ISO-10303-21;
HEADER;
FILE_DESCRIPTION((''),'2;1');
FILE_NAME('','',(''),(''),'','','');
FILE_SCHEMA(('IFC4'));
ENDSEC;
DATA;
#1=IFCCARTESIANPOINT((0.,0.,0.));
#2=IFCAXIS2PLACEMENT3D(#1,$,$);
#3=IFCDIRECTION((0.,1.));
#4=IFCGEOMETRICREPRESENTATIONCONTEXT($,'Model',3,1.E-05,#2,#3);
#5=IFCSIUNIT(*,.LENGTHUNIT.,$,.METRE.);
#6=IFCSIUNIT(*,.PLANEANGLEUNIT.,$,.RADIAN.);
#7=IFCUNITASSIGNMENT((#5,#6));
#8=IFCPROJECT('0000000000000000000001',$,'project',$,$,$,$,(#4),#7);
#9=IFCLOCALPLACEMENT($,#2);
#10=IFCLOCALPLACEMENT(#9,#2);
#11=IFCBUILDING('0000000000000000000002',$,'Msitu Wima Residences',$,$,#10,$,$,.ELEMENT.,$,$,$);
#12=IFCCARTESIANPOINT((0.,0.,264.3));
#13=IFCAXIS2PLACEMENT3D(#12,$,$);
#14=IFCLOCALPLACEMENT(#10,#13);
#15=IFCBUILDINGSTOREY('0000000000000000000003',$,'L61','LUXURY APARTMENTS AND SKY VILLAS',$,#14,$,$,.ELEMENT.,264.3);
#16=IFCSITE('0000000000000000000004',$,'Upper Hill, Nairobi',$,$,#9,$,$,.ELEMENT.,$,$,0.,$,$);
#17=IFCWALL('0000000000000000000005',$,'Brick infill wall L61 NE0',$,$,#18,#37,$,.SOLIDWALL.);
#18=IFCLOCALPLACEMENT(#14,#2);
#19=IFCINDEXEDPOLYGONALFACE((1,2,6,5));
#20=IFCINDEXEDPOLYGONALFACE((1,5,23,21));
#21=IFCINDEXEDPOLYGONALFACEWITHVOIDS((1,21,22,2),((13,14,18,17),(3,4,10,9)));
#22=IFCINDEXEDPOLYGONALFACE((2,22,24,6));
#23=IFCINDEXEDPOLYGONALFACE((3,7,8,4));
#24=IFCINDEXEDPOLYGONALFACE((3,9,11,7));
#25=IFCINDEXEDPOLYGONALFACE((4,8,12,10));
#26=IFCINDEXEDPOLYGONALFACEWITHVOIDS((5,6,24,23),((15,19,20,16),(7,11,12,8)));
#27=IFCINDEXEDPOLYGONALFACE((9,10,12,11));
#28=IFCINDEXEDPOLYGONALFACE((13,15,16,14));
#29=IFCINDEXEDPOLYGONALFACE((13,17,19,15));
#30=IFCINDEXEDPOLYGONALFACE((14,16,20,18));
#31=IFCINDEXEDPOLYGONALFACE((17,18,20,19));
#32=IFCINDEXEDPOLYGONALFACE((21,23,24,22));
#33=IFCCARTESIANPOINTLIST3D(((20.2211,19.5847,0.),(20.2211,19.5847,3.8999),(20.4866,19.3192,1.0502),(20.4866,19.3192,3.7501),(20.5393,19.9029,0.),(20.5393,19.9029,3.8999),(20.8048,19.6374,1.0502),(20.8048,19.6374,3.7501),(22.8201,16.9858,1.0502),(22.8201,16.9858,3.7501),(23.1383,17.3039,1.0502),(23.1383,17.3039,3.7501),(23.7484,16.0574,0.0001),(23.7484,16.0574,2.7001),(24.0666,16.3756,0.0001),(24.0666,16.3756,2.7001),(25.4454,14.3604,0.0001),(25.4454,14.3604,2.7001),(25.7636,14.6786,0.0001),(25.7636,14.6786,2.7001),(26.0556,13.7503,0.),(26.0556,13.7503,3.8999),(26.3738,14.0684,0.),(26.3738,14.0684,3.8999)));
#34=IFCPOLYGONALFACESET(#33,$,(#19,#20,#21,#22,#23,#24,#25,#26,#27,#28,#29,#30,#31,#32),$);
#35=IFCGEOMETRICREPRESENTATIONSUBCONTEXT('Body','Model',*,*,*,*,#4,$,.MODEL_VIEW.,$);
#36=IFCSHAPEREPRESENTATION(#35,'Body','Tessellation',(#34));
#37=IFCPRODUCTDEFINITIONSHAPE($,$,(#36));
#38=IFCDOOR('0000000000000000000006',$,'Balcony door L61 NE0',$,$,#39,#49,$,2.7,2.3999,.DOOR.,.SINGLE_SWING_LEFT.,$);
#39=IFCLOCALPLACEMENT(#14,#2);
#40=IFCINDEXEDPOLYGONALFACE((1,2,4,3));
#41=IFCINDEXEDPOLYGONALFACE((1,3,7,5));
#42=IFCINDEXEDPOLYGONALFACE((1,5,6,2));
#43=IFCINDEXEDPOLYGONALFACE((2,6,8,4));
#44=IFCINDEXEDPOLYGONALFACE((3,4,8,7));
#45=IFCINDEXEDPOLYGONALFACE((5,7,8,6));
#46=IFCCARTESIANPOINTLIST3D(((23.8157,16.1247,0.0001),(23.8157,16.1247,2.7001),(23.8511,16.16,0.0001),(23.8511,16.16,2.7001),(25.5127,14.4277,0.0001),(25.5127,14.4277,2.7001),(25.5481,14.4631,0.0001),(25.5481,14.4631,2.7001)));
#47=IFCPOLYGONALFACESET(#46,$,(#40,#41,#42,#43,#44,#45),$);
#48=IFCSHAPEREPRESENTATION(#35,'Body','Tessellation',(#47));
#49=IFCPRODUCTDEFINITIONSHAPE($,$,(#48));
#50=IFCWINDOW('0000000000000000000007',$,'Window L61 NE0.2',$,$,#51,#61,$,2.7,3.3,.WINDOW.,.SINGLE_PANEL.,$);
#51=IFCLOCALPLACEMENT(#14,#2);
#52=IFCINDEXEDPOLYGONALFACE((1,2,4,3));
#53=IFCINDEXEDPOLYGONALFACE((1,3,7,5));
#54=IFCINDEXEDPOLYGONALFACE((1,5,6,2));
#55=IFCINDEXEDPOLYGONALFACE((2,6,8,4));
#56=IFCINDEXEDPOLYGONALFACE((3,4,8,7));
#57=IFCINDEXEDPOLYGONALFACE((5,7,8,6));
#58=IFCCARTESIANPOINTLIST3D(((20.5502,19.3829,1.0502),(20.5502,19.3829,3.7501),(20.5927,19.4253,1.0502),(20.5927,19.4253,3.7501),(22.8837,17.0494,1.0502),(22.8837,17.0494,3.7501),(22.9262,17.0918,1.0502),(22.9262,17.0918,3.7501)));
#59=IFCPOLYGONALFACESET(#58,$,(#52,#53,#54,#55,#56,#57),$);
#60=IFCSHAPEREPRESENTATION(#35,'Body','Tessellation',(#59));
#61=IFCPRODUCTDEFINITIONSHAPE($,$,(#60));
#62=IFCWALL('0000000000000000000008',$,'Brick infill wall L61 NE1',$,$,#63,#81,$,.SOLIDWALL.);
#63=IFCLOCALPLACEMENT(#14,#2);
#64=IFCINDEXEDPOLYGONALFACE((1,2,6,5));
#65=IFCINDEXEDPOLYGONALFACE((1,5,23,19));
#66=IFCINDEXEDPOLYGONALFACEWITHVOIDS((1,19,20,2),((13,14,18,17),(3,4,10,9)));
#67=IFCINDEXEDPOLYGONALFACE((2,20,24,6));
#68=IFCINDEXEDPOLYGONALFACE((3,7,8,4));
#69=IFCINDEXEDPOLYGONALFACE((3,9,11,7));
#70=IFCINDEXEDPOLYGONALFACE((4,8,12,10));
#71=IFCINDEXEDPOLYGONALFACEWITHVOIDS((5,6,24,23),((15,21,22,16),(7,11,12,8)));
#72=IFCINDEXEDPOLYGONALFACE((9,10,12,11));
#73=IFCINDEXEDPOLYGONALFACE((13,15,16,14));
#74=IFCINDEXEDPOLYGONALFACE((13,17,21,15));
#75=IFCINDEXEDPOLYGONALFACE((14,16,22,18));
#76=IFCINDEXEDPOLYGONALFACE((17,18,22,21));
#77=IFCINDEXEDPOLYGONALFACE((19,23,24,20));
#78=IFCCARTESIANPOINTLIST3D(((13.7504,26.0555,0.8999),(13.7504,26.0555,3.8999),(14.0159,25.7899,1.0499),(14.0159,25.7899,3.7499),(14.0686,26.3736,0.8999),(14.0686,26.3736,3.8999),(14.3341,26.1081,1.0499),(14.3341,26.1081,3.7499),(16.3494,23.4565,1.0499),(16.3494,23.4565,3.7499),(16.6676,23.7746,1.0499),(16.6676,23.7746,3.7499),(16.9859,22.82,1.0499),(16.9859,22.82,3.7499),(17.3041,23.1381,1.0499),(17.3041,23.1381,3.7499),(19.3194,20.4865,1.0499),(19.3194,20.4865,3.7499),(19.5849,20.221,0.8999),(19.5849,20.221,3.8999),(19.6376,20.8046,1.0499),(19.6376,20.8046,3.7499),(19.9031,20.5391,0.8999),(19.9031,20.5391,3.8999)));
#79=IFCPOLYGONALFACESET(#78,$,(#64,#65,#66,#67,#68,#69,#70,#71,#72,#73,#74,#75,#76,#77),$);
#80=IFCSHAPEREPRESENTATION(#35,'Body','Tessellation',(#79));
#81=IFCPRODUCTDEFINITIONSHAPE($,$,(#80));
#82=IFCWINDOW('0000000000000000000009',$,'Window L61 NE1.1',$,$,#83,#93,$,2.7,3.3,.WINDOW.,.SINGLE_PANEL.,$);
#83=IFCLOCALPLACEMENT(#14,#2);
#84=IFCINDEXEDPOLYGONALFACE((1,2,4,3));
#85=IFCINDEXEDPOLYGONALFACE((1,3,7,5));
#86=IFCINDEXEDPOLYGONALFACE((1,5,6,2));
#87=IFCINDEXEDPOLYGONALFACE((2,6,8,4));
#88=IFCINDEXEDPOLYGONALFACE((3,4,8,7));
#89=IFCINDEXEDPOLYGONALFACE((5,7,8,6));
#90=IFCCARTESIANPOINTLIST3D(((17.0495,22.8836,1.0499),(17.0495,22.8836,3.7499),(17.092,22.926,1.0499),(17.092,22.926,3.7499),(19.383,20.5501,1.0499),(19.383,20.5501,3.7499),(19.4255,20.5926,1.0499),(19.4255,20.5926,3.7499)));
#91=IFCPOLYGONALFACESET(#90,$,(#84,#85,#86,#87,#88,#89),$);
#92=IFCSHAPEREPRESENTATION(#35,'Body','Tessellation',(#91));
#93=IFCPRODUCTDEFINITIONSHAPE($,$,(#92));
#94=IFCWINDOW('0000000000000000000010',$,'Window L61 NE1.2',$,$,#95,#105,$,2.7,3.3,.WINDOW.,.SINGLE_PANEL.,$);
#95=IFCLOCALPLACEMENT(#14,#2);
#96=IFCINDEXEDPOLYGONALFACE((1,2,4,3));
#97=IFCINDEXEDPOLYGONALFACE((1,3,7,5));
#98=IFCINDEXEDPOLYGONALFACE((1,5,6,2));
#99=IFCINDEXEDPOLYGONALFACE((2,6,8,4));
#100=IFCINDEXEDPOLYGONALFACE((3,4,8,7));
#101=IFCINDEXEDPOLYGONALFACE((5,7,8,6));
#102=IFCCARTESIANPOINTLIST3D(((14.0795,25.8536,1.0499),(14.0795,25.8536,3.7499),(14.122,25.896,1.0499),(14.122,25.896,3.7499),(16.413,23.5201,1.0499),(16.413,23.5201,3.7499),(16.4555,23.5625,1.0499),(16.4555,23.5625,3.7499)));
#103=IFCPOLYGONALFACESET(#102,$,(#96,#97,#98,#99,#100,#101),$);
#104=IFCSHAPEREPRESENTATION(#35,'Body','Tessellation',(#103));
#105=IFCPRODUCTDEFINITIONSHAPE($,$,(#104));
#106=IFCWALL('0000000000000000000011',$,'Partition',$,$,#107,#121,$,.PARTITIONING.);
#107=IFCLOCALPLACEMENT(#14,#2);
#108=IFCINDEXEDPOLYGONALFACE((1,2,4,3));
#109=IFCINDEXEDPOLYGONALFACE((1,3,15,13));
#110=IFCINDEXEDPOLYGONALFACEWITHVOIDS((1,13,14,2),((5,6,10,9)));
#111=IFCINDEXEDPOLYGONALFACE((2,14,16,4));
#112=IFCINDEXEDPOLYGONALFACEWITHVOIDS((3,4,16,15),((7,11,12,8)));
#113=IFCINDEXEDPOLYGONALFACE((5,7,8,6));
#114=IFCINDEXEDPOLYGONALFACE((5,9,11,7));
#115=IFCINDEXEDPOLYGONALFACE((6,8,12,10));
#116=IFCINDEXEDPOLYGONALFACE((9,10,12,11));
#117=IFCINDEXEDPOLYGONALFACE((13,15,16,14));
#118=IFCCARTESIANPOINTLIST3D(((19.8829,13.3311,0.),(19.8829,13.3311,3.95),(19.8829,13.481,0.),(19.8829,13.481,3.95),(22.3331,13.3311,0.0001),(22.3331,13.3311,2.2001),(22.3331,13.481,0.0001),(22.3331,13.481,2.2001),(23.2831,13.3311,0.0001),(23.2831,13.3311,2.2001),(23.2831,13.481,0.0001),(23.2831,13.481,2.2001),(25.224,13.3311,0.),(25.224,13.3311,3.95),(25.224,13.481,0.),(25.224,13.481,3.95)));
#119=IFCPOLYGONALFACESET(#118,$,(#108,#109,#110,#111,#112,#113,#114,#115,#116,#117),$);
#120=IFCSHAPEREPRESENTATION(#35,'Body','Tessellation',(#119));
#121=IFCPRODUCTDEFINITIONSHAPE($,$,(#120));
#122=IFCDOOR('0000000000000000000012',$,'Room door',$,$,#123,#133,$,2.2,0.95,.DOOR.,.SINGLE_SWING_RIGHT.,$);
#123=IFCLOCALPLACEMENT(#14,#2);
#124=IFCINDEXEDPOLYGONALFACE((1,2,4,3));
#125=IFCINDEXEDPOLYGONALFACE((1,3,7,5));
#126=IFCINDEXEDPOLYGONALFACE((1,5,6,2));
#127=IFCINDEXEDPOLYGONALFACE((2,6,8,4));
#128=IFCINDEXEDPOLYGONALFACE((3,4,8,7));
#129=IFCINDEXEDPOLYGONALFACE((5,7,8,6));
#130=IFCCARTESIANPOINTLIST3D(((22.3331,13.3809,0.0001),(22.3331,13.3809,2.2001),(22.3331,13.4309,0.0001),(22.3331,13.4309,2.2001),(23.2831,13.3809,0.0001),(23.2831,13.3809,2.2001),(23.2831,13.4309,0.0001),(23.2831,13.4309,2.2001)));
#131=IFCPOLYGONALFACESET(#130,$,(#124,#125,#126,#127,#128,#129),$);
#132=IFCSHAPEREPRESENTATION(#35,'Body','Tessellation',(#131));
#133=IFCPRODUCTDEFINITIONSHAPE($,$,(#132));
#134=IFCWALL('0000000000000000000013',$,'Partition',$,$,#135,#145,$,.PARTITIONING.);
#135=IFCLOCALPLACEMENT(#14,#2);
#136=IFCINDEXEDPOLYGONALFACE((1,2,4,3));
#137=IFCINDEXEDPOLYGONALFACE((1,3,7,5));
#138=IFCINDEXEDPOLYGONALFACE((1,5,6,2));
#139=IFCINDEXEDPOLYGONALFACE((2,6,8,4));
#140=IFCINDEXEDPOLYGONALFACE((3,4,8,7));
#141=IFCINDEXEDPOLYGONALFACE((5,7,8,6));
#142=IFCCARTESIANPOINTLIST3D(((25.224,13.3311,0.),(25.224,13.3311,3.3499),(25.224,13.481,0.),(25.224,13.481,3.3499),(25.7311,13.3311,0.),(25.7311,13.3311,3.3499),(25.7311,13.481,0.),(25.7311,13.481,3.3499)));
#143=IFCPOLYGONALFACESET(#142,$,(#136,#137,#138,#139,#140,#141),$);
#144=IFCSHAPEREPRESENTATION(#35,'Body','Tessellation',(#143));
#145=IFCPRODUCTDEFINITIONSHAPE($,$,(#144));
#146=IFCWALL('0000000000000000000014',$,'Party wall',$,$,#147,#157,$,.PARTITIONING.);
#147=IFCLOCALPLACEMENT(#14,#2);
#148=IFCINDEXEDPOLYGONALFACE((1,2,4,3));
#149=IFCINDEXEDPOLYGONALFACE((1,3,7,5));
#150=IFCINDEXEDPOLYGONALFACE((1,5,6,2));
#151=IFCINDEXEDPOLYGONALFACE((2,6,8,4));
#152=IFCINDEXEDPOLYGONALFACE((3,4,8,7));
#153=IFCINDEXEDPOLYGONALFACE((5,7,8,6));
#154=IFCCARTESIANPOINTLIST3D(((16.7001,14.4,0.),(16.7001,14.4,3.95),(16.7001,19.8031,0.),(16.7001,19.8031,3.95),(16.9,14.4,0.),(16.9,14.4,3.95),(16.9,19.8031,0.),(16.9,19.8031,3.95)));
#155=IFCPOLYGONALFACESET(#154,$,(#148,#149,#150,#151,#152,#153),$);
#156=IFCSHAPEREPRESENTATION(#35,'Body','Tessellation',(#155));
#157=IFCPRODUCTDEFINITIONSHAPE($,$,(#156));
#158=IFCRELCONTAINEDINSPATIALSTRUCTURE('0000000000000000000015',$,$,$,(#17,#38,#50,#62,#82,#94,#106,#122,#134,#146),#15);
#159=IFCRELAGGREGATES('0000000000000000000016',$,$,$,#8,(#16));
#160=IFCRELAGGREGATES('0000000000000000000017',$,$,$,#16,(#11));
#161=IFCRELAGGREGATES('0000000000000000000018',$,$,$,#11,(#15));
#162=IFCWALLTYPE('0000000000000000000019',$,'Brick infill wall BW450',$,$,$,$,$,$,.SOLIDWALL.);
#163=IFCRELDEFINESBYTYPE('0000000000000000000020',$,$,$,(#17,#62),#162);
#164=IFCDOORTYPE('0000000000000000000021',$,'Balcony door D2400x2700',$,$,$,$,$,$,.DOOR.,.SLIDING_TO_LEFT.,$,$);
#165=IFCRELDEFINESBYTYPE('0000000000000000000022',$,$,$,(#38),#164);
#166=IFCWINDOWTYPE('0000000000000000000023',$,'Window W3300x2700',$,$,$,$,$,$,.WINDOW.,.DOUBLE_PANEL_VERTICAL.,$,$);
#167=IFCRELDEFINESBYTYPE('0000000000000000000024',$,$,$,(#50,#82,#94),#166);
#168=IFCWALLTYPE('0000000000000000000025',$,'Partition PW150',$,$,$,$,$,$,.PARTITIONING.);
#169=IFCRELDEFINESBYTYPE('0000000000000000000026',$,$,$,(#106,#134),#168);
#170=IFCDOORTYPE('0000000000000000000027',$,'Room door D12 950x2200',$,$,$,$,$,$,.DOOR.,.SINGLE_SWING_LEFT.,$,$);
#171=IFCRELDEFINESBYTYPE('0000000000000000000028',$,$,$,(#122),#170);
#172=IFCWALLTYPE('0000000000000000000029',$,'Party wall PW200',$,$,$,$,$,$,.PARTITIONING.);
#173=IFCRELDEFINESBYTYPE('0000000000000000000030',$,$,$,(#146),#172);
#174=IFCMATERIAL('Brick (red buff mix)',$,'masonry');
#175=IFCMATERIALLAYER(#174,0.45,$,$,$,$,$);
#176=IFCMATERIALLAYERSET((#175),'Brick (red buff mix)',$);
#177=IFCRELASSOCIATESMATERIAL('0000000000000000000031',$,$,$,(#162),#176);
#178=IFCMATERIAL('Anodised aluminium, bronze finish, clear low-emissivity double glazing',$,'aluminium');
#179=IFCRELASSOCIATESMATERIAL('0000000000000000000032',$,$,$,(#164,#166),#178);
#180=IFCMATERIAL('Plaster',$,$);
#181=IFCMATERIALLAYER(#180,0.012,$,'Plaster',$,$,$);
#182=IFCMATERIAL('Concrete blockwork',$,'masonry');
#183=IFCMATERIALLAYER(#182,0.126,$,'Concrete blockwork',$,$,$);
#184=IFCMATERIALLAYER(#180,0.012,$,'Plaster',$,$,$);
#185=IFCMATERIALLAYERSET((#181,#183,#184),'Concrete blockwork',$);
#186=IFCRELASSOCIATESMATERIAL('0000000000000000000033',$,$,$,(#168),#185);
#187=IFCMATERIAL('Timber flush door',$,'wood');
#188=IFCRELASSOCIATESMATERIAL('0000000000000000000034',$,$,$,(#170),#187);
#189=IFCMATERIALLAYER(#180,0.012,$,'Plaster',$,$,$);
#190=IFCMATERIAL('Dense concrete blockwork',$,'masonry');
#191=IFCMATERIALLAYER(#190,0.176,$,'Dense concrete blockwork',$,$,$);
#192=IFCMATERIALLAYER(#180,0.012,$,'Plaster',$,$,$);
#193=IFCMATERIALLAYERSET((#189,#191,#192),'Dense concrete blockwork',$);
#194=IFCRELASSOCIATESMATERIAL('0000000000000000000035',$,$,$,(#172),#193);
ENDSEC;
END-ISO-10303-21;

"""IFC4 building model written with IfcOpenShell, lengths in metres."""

from ifc_helpers import new_model, si_unit, direction, frame, frame_2d, origin, place, context, subcontext, project, spatial, rectangle, extrude, material, layer, layer_set, type_object, element, fill, save


model = new_model("IFC4")

# Units and contexts
model_context = context("Model", 3, precision=1e-05, world=origin(), true_north=direction((0.0, 1.0)))
body_context = subcontext(model_context, "Body", "Model", "MODEL_VIEW")
ifc_project = project(units=[si_unit("LENGTHUNIT", "METRE"), si_unit("PLANEANGLEUNIT", "RADIAN")], contexts=[model_context])

# Site, building, storey
site_placement = place(None, origin())
site = spatial("IfcSite", under=ifc_project, at=site_placement, Name="Upper Hill, Nairobi", CompositionType="ELEMENT", RefElevation=0.0)
building_placement = place(site_placement, origin())
building = spatial("IfcBuilding", under=site, at=building_placement, Name="Msitu Wima Residences", CompositionType="ELEMENT")
storey_placement = place(building_placement, frame((0.0, 0.0, 264.3)))
storey = spatial("IfcBuildingStorey", under=building, at=storey_placement, Name="L61", Description="LUXURY APARTMENTS AND SKY VILLAS", CompositionType="ELEMENT", Elevation=264.3)

# Wall, openings, door, window
ifc_material_1 = material(Name="Brick (red buff mix)", Category="masonry")
ifc_layer_1 = layer(ifc_material_1, 0.45)
ifc_layer_set_1 = layer_set([ifc_layer_1], Name="Brick (red buff mix)")
wall_type_1 = type_object("IfcWallType", Name="Brick infill wall BW450", PredefinedType="SOLIDWALL", material=ifc_layer_set_1)
wall_1_placement = place(storey_placement, frame((26.2146, 13.9094, 0.0), z_axis=(0.0, 0.0, 1.0), x_axis=(-0.707107, 0.707107, 0.0)))
wall_1 = element("IfcWall", 1, at=wall_1_placement, inside=storey, type_object=wall_type_1, Name="Brick infill wall L61 NE0", PredefinedType="SOLIDWALL", context=body_context, shape_type="SweptSolid", body=[
    extrude(rectangle(XDim=8.2512, YDim=0.45, at=frame_2d((4.1255, 0.0))), origin(), (0.0, 0.0, 1.0), 3.8999),
])
opening_1_placement = place(wall_1_placement, frame((0.8628, 0.0, 0.0)))
opening_1 = element("IfcOpeningElement", 2, at=opening_1_placement, cuts=wall_1, PredefinedType="OPENING", context=body_context, shape_type="SweptSolid", body=[
    extrude(rectangle(XDim=2.3999, YDim=2.7, at=frame_2d((1.2, 1.3501))), frame((0.0, 0.2349, 0.0), z_axis=(0.0, -1.0, 0.0), x_axis=(1.0, 0.0, 0.0)), (0.0, 0.0, 1.0), 0.47),
])
opening_2_placement = place(wall_1_placement, frame((4.5757, 0.0, 1.05)))
opening_2 = element("IfcOpeningElement", 3, at=opening_2_placement, cuts=wall_1, PredefinedType="OPENING", context=body_context, shape_type="SweptSolid", body=[
    extrude(rectangle(XDim=3.3, YDim=2.7, at=frame_2d((1.6499, 1.3501))), frame((0.0, 0.2349, 0.0), z_axis=(0.0, -1.0, 0.0), x_axis=(1.0, 0.0, 0.0)), (0.0, 0.0, 1.0), 0.47),
])
ifc_material_2 = material(Name="Anodised aluminium, bronze finish, clear low-emissivity double glazing", Category="aluminium")
door_type_1 = type_object("IfcDoorType", Name="Balcony door D2400x2700", OperationType="SLIDING_TO_LEFT", PredefinedType="DOOR", material=ifc_material_2)
door_1_placement = place(opening_1_placement, origin())
door_1 = element("IfcDoor", 4, at=door_1_placement, inside=storey, type_object=door_type_1, Name="Balcony door L61 NE0", OperationType="SINGLE_SWING_LEFT", OverallHeight=2.7, OverallWidth=2.3999, PredefinedType="DOOR", context=body_context, shape_type="SweptSolid", body=[
    extrude(rectangle(XDim=2.3999, YDim=2.7, at=frame_2d((1.2, 1.3501))), frame((0.0, 0.1299, 0.0), z_axis=(0.0, -1.0, 0.0), x_axis=(1.0, 0.0, 0.0)), (0.0, 0.0, 1.0), 0.05),
])
fill(opening_1, door_1)
window_type = type_object("IfcWindowType", Name="Window W3300x2700", PartitioningType="DOUBLE_PANEL_VERTICAL", PredefinedType="WINDOW", material=ifc_material_2)
window_1_placement = place(opening_2_placement, origin())
window_1 = element("IfcWindow", 5, at=window_1_placement, inside=storey, type_object=window_type, Name="Window L61 NE0.2", OverallHeight=2.7, OverallWidth=3.3, PartitioningType="SINGLE_PANEL", PredefinedType="WINDOW", context=body_context, shape_type="SweptSolid", body=[
    extrude(rectangle(XDim=3.3, YDim=2.7, at=frame_2d((1.6499, 1.3501))), frame((0.0, 0.135, 0.0), z_axis=(0.0, -1.0, 0.0), x_axis=(1.0, 0.0, 0.0)), (0.0, 0.0, 1.0), 0.0601),
])
fill(opening_2, window_1)

# Wall, openings, windows
wall_2_placement = place(storey_placement, frame((19.7439, 20.3801, 0.8999), z_axis=(0.0, 0.0, 1.0), x_axis=(-0.707107, 0.707107, 0.0)))
wall_2 = element("IfcWall", 6, at=wall_2_placement, inside=storey, type_object=wall_type_1, Name="Brick infill wall L61 NE1", PredefinedType="SOLIDWALL", context=body_context, shape_type="SweptSolid", body=[
    extrude(rectangle(XDim=8.2512, YDim=0.45, at=frame_2d((4.1255, 0.0))), origin(), (0.0, 0.0, 1.0), 3.0),
])
opening_3_placement = place(wall_2_placement, frame((0.3755, 0.0, 0.1499)))
opening_3 = element("IfcOpeningElement", 7, at=opening_3_placement, cuts=wall_2, PredefinedType="OPENING", context=body_context, shape_type="SweptSolid", body=[
    extrude(rectangle(XDim=3.3, YDim=2.7, at=frame_2d((1.6499, 1.3501))), frame((0.0, 0.2349, 0.0), z_axis=(0.0, -1.0, 0.0), x_axis=(1.0, 0.0, 0.0)), (0.0, 0.0, 1.0), 0.47),
])
opening_4_placement = place(wall_2_placement, frame((4.5757, 0.0, 0.1499)))
opening_4 = element("IfcOpeningElement", 8, at=opening_4_placement, cuts=wall_2, PredefinedType="OPENING", context=body_context, shape_type="SweptSolid", body=[
    extrude(rectangle(XDim=3.3, YDim=2.7, at=frame_2d((1.6499, 1.3501))), frame((0.0, 0.2349, 0.0), z_axis=(0.0, -1.0, 0.0), x_axis=(1.0, 0.0, 0.0)), (0.0, 0.0, 1.0), 0.47),
])
window_2_placement = place(opening_3_placement, origin())
window_2 = element("IfcWindow", 9, at=window_2_placement, inside=storey, type_object=window_type, Name="Window L61 NE1.1", OverallHeight=2.7, OverallWidth=3.3, PartitioningType="SINGLE_PANEL", PredefinedType="WINDOW", context=body_context, shape_type="SweptSolid", body=[
    extrude(rectangle(XDim=3.3, YDim=2.7, at=frame_2d((1.6499, 1.3501))), frame((0.0, 0.135, 0.0), z_axis=(0.0, -1.0, 0.0), x_axis=(1.0, 0.0, 0.0)), (0.0, 0.0, 1.0), 0.0601),
])
fill(opening_3, window_2)
window_3_placement = place(opening_4_placement, origin())
window_3 = element("IfcWindow", 10, at=window_3_placement, inside=storey, type_object=window_type, Name="Window L61 NE1.2", OverallHeight=2.7, OverallWidth=3.3, PartitioningType="SINGLE_PANEL", PredefinedType="WINDOW", context=body_context, shape_type="SweptSolid", body=[
    extrude(rectangle(XDim=3.3, YDim=2.7, at=frame_2d((1.6499, 1.3501))), frame((0.0, 0.135, 0.0), z_axis=(0.0, -1.0, 0.0), x_axis=(1.0, 0.0, 0.0)), (0.0, 0.0, 1.0), 0.0601),
])
fill(opening_4, window_3)

# Wall, opening, door
ifc_material_3 = material(Name="Plaster")
ifc_layer_2 = layer(ifc_material_3, 0.012, Name="Plaster")
ifc_material_4 = material(Name="Concrete blockwork", Category="masonry")
ifc_layer_3 = layer(ifc_material_4, 0.126, Name="Concrete blockwork")
ifc_layer_4 = layer(ifc_material_3, 0.012, Name="Plaster")
ifc_layer_set_2 = layer_set([ifc_layer_2, ifc_layer_3, ifc_layer_4], Name="Concrete blockwork")
wall_type_2 = type_object("IfcWallType", Name="Partition PW150", PredefinedType="PARTITIONING", material=ifc_layer_set_2)
wall_3_placement = place(storey_placement, frame((19.8831, 13.406, 0.0), z_axis=(0.0, 0.0, 1.0), x_axis=(1.0, 0.0, 0.0)))
wall_3 = element("IfcWall", 11, at=wall_3_placement, inside=storey, type_object=wall_type_2, Name="Partition", PredefinedType="PARTITIONING", context=body_context, shape_type="SweptSolid", body=[
    extrude(rectangle(XDim=5.3411, YDim=0.1499, at=frame_2d((2.6704, 0.0))), origin(), (0.0, 0.0, 1.0), 3.95),
])
opening_5_placement = place(wall_3_placement, frame((2.45, 0.0, 0.0)))
opening_5 = element("IfcOpeningElement", 12, at=opening_5_placement, cuts=wall_3, PredefinedType="OPENING", context=body_context, shape_type="SweptSolid", body=[
    extrude(rectangle(XDim=0.95, YDim=2.2, at=frame_2d((0.4751, 1.1001))), frame((0.0, 0.085, 0.0), z_axis=(0.0, -1.0, 0.0), x_axis=(1.0, 0.0, 0.0)), (0.0, 0.0, 1.0), 0.1699),
])
ifc_material_5 = material(Name="Timber flush door", Category="wood")
door_type_2 = type_object("IfcDoorType", Name="Room door D12 950x2200", OperationType="SINGLE_SWING_LEFT", PredefinedType="DOOR", material=ifc_material_5)
door_2_placement = place(opening_5_placement, origin())
door_2 = element("IfcDoor", 13, at=door_2_placement, inside=storey, type_object=door_type_2, Name="Room door", OperationType="SINGLE_SWING_RIGHT", OverallHeight=2.2, OverallWidth=0.95, PredefinedType="DOOR", context=body_context, shape_type="SweptSolid", body=[
    extrude(rectangle(XDim=0.95, YDim=2.2, at=frame_2d((0.4751, 1.1001))), frame((0.0, 0.0249, 0.0), z_axis=(0.0, -1.0, 0.0), x_axis=(1.0, 0.0, 0.0)), (0.0, 0.0, 1.0), 0.05),
])
fill(opening_5, door_2)

# Walls
wall_4_placement = place(storey_placement, frame((25.2241, 13.406, 0.0), z_axis=(0.0, 0.0, 1.0), x_axis=(1.0, 0.0, 0.0)))
element("IfcWall", 14, at=wall_4_placement, inside=storey, type_object=wall_type_2, Name="Partition", PredefinedType="PARTITIONING", context=body_context, shape_type="SweptSolid", body=[
    extrude(rectangle(XDim=0.5071, YDim=0.1499, at=frame_2d((0.2534, 0.0))), origin(), (0.0, 0.0, 1.0), 3.3499),
])
ifc_layer_5 = layer(ifc_material_3, 0.012, Name="Plaster")
ifc_material_6 = material(Name="Dense concrete blockwork", Category="masonry")
ifc_layer_6 = layer(ifc_material_6, 0.176, Name="Dense concrete blockwork")
ifc_layer_7 = layer(ifc_material_3, 0.012, Name="Plaster")
ifc_layer_set_3 = layer_set([ifc_layer_5, ifc_layer_6, ifc_layer_7], Name="Dense concrete blockwork")
wall_type_3 = type_object("IfcWallType", Name="Party wall PW200", PredefinedType="PARTITIONING", material=ifc_layer_set_3)
wall_5_placement = place(storey_placement, frame((16.8, 14.3999, 0.0), z_axis=(0.0, 0.0, 1.0), x_axis=(0.0, 1.0, 0.0)))
element("IfcWall", 15, at=wall_5_placement, inside=storey, type_object=wall_type_3, Name="Party wall", PredefinedType="PARTITIONING", context=body_context, shape_type="SweptSolid", body=[
    extrude(rectangle(XDim=5.4031, YDim=0.2, at=frame_2d((2.7017, 0.0))), origin(), (0.0, 0.0, 1.0), 3.95),
])

save(model, "model.ifc")
